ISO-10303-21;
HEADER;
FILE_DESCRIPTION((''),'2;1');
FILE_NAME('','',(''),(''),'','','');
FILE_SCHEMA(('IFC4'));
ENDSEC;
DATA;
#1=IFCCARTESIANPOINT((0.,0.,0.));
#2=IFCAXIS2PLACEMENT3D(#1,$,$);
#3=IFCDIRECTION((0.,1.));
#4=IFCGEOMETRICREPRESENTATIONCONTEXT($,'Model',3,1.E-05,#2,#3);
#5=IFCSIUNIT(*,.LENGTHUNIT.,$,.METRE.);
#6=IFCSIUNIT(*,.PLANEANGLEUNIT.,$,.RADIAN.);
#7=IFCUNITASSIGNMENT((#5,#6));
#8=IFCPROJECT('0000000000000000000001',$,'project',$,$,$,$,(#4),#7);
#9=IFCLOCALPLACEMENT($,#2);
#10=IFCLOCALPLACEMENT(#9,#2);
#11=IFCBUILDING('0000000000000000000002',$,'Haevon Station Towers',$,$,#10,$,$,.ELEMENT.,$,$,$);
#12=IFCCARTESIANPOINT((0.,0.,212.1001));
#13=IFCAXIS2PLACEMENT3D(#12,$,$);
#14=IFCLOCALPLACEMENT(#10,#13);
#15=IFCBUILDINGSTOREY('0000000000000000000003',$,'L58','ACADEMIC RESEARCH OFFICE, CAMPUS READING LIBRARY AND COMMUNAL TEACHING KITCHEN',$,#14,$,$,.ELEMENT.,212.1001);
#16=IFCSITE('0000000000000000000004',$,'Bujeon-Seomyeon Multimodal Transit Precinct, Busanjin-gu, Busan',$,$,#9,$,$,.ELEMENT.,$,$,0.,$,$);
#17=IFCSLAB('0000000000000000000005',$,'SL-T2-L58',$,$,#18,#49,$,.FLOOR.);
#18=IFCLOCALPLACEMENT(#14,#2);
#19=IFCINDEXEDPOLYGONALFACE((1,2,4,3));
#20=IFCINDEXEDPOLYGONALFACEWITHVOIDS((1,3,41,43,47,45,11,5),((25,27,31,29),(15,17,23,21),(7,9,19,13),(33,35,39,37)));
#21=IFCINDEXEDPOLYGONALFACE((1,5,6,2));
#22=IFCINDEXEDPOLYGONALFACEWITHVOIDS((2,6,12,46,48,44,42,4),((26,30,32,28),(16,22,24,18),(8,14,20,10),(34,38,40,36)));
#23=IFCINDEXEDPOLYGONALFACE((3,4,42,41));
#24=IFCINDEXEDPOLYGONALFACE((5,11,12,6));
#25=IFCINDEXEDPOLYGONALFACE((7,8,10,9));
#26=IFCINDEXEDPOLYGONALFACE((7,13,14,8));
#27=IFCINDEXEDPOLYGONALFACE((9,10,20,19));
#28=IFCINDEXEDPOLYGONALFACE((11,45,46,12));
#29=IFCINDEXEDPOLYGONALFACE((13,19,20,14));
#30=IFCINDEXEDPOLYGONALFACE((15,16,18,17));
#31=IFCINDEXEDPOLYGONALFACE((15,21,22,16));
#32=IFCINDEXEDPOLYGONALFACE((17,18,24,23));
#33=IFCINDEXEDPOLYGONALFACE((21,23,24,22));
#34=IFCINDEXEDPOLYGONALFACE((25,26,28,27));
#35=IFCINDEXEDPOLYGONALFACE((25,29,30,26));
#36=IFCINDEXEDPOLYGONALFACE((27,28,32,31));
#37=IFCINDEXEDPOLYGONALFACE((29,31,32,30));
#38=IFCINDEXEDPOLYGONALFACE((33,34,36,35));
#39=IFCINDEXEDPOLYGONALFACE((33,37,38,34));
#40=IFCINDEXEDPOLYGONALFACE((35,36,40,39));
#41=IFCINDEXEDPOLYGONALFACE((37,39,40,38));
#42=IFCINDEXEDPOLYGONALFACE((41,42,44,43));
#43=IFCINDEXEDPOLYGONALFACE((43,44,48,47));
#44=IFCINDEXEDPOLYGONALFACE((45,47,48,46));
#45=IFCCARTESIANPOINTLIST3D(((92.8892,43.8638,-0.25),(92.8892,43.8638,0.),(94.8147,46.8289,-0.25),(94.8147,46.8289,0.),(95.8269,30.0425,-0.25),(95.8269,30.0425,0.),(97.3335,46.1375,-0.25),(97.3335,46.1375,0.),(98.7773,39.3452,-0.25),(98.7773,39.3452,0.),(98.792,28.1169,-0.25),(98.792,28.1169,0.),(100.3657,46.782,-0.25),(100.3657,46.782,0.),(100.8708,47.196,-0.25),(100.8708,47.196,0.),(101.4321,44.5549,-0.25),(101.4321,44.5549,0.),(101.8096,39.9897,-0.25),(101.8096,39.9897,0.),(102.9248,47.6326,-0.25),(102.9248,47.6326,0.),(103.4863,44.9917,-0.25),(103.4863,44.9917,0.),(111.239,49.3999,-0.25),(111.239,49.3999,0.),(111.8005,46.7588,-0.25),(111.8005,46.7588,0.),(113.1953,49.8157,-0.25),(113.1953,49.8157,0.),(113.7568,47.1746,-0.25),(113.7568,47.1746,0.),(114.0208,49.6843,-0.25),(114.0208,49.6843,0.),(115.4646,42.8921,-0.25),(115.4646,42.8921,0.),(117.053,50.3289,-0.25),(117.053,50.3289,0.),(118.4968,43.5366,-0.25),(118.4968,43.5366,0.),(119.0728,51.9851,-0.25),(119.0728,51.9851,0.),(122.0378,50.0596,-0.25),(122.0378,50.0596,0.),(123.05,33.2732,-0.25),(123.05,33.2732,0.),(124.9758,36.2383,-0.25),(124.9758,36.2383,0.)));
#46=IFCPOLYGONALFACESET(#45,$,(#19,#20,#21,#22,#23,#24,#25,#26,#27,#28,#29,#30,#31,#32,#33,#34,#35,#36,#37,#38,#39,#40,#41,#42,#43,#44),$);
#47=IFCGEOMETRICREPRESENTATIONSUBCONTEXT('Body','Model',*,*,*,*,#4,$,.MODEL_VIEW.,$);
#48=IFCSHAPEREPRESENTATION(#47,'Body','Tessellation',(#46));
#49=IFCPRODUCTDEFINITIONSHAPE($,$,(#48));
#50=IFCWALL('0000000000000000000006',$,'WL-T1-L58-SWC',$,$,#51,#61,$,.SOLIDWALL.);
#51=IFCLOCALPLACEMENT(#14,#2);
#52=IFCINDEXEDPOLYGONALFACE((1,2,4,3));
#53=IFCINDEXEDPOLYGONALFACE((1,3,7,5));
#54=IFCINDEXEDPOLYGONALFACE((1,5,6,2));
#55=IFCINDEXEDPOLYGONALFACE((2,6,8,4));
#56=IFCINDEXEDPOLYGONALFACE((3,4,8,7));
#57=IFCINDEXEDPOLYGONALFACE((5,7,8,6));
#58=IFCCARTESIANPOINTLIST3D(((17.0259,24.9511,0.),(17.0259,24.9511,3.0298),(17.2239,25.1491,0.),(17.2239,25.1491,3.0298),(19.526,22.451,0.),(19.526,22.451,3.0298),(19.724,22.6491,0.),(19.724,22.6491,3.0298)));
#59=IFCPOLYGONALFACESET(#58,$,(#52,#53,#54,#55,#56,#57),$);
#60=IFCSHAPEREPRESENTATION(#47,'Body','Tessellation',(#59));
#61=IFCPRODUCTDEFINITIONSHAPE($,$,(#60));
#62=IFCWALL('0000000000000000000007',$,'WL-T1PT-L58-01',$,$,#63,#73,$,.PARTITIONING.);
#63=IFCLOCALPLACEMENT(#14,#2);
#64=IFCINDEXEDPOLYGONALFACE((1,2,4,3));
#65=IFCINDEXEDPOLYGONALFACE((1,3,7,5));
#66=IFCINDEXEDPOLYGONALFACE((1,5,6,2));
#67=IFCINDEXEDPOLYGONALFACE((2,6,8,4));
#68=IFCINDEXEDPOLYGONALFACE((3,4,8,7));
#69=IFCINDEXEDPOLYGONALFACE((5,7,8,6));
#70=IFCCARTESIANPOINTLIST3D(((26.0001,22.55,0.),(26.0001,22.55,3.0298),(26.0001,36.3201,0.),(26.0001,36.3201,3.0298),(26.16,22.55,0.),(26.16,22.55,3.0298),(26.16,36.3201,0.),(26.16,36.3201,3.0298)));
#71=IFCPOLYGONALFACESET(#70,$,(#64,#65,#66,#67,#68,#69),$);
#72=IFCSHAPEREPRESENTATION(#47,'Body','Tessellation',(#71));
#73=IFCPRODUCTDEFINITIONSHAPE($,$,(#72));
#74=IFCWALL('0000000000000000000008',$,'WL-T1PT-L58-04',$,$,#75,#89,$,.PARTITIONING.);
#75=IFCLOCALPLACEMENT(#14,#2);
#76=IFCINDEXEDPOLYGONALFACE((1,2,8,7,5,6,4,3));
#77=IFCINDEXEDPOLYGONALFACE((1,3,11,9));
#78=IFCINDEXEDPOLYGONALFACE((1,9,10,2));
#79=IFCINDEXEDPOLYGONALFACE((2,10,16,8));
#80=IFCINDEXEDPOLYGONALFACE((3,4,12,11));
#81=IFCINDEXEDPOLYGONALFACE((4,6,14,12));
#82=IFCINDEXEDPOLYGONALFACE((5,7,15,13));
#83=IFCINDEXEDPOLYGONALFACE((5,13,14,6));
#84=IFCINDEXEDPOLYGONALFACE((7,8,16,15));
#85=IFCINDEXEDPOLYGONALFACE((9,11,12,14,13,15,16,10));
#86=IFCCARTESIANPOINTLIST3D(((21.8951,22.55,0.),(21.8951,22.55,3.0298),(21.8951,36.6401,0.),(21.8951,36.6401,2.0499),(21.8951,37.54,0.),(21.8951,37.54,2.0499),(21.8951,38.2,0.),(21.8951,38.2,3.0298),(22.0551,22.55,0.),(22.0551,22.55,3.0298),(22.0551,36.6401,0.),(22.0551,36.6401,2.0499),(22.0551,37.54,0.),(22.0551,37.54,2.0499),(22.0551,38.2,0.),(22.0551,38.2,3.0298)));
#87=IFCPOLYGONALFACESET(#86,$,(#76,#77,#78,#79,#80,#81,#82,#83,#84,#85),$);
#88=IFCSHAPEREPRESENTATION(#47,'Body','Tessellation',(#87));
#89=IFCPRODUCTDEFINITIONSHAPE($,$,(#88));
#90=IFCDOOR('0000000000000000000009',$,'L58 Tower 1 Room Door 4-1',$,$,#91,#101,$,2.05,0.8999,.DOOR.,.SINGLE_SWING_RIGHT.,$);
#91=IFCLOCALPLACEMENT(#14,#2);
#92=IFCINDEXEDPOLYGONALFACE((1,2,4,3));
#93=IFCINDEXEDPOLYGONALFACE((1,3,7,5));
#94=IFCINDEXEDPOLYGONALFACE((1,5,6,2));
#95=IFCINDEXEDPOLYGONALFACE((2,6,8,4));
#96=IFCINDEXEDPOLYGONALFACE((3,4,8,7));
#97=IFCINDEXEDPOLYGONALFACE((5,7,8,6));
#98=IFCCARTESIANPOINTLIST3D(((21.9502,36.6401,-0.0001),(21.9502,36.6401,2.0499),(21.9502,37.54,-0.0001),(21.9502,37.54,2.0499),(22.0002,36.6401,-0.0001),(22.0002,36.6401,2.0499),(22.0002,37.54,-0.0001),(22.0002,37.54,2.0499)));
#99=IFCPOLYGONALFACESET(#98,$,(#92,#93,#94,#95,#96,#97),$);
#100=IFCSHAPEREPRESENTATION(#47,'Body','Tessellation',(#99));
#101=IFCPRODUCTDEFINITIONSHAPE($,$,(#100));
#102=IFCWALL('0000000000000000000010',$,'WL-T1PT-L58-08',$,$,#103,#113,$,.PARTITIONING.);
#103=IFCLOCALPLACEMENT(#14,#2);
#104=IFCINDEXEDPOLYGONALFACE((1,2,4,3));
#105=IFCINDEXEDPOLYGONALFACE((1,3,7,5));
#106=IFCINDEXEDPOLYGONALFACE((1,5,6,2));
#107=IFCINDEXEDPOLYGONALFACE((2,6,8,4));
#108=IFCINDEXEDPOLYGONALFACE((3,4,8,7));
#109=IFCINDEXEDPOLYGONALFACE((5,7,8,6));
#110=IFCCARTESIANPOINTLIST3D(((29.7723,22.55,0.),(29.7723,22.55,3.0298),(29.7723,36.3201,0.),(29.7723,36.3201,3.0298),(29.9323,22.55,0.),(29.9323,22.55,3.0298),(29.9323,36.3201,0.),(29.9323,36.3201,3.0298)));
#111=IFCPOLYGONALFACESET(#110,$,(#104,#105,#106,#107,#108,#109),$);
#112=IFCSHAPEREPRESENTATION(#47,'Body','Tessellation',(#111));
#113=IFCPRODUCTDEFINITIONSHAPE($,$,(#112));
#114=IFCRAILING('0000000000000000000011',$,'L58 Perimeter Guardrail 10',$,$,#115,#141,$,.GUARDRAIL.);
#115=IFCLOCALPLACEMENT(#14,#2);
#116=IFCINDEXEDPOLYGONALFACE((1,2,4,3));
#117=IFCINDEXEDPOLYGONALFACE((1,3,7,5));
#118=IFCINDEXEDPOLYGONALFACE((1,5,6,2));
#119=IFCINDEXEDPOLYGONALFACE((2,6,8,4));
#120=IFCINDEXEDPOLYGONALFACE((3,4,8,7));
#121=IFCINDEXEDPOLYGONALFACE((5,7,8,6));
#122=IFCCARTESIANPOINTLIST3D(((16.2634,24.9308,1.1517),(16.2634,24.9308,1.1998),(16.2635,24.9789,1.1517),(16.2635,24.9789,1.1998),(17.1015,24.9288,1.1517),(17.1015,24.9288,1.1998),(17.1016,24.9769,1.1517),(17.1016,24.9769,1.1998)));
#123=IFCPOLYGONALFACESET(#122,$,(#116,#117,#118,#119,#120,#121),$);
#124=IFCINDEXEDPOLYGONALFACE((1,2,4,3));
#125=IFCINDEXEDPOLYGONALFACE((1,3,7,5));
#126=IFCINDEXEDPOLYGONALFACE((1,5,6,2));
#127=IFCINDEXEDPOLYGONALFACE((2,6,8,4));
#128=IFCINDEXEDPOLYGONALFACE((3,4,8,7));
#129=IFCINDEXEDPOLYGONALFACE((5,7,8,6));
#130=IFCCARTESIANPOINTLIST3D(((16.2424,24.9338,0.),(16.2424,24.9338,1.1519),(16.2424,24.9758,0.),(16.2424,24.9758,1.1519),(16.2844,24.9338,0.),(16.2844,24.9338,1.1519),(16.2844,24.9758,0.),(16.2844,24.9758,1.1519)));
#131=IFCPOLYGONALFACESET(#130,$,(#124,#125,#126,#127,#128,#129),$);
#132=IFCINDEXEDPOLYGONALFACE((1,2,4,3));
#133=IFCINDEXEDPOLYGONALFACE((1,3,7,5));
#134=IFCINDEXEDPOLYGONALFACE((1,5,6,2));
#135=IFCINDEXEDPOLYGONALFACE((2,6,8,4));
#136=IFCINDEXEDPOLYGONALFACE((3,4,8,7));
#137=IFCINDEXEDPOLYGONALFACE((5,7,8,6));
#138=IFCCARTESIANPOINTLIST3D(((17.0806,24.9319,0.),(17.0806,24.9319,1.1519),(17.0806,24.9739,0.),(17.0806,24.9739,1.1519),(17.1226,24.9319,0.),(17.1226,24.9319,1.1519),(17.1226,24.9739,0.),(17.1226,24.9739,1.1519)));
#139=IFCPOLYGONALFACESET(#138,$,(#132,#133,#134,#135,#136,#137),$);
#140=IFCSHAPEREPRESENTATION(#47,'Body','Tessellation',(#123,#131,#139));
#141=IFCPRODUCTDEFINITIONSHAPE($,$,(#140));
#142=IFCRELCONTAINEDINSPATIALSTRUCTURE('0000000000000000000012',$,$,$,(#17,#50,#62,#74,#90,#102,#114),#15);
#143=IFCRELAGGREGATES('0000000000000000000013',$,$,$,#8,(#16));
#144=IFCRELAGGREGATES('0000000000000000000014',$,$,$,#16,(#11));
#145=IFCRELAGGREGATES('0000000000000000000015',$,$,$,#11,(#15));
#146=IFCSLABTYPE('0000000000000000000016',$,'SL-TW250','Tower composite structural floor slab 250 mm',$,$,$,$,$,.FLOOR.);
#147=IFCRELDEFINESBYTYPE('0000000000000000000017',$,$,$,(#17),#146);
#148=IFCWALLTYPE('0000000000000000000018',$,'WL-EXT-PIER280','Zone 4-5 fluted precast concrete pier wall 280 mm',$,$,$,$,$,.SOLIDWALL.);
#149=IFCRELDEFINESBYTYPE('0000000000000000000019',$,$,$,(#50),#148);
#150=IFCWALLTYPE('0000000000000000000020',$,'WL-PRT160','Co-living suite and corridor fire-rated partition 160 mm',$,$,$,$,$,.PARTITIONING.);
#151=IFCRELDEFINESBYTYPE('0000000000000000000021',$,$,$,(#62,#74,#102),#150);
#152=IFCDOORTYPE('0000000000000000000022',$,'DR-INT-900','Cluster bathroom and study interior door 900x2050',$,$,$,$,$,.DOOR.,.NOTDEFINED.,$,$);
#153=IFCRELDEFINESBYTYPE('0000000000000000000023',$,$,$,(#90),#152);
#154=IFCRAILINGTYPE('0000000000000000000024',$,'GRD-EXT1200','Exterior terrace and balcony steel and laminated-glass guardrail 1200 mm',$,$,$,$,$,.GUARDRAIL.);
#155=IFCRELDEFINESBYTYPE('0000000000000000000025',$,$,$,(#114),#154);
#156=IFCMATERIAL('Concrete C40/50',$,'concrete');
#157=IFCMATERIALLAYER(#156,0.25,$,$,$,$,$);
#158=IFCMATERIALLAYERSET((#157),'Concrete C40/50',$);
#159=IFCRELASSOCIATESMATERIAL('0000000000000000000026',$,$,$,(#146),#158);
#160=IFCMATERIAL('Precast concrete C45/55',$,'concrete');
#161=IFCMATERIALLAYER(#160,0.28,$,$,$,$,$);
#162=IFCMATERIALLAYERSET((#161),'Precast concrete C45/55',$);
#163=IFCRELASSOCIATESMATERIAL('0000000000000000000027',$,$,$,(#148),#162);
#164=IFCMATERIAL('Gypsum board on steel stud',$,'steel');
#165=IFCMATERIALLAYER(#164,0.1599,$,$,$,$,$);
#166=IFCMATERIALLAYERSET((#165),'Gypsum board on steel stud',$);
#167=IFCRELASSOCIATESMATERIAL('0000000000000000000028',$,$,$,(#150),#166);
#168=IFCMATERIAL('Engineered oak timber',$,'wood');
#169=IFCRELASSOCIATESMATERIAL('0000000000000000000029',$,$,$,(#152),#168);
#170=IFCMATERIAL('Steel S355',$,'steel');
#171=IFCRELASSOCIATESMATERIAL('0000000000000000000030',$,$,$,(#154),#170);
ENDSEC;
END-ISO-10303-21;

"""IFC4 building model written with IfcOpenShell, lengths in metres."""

from ifc_helpers import new_model, si_unit, direction, frame, frame_2d, origin, origin_2d, place, context, subcontext, project, spatial, polyline, rectangle, outline, extrude, material, layer, layer_set, type_object, element, fill, save


model = new_model("IFC4")

# Units and contexts
model_context = context("Model", 3, precision=1e-05, world=origin(), true_north=direction((0.0, 1.0)))
body_context = subcontext(model_context, "Body", "Model", "MODEL_VIEW")
ifc_project = project(units=[si_unit("LENGTHUNIT", "METRE"), si_unit("PLANEANGLEUNIT", "RADIAN")], contexts=[model_context])

# Site, building, storey
site_placement = place(None, origin())
site = spatial("IfcSite", under=ifc_project, at=site_placement, Name="Bujeon-Seomyeon Multimodal Transit Precinct, Busanjin-gu, Busan", CompositionType="ELEMENT", RefElevation=0.0)
building_placement = place(site_placement, origin())
building = spatial("IfcBuilding", under=site, at=building_placement, Name="Haevon Station Towers", CompositionType="ELEMENT")
storey_placement = place(building_placement, frame((0.0, 0.0, 212.1001)))
storey = spatial("IfcBuildingStorey", under=building, at=storey_placement, Name="L58", Description="ACADEMIC RESEARCH OFFICE, CAMPUS READING LIBRARY AND COMMUNAL TEACHING KITCHEN", CompositionType="ELEMENT", Elevation=212.1001)

# Shared definitions
ifc_material_1 = material(Name="Steel S355", Category="steel")

# Shared definitions
ifc_material_2 = material(Name="Concrete C40/50", Category="concrete")

# Slab
ifc_layer_1 = layer(ifc_material_2, 0.25)
ifc_layer_set_1 = layer_set([ifc_layer_1], Name="Concrete C40/50")
slab_type_1 = type_object("IfcSlabType", Name="SL-TW250", Description="Tower composite structural floor slab 250 mm", PredefinedType="FLOOR", material=ifc_layer_set_1)
slab_1_placement = place(storey_placement, frame((0.0, 0.0, -0.25)))
element("IfcSlab", 1, at=slab_1_placement, inside=storey, type_object=slab_type_1, Name="SL-T2-L58", PredefinedType="FLOOR", context=body_context, shape_type="SweptSolid", body=[
    extrude(outline(polyline([(98.792, 28.1169), (123.05, 33.2732), (124.9758, 36.2383), (122.0378, 50.0596), (119.0728, 51.9851), (94.8147, 46.8289), (92.8892, 43.8638), (95.8269, 30.0425), (98.792, 28.1169)]), holes=[polyline([(101.8096, 39.9897), (100.3657, 46.782), (97.3335, 46.1375), (98.7773, 39.3452), (101.8096, 39.9897)]), polyline([(118.4968, 43.5366), (117.053, 50.3289), (114.0208, 49.6843), (115.4646, 42.8921), (118.4968, 43.5366)]), polyline([(101.4321, 44.5549), (103.4863, 44.9917), (102.9248, 47.6326), (100.8708, 47.196), (101.4321, 44.5549)]), polyline([(111.8005, 46.7588), (113.7568, 47.1746), (113.1953, 49.8157), (111.239, 49.3999), (111.8005, 46.7588)])]), origin(), (0.0, 0.0, 1.0), 0.25),
])

# Walls
ifc_material_3 = material(Name="Precast concrete C45/55", Category="concrete")
ifc_layer_2 = layer(ifc_material_3, 0.28)
ifc_layer_set_2 = layer_set([ifc_layer_2], Name="Precast concrete C45/55")
wall_type_1 = type_object("IfcWallType", Name="WL-EXT-PIER280", Description="Zone 4-5 fluted precast concrete pier wall 280 mm", PredefinedType="SOLIDWALL", material=ifc_layer_set_2)
wall_1_placement = place(storey_placement, frame((19.625, 22.55, 0.0), z_axis=(0.0, 0.0, 1.0), x_axis=(-0.707107, 0.707107, 0.0)))
element("IfcWall", 2, at=wall_1_placement, inside=storey, type_object=wall_type_1, Name="WL-T1-L58-SWC", PredefinedType="SOLIDWALL", context=body_context, shape_type="SweptSolid", body=[
    extrude(rectangle(XDim=3.5356, YDim=0.28, at=frame_2d((1.7678, 0.0))), origin(), (0.0, 0.0, 1.0), 3.0298),
])
ifc_material_4 = material(Name="Gypsum board on steel stud", Category="steel")
ifc_layer_3 = layer(ifc_material_4, 0.1599)
ifc_layer_set_3 = layer_set([ifc_layer_3], Name="Gypsum board on steel stud")
wall_type_2 = type_object("IfcWallType", Name="WL-PRT160", Description="Co-living suite and corridor fire-rated partition 160 mm", PredefinedType="PARTITIONING", material=ifc_layer_set_3)
wall_2_placement = place(storey_placement, frame((26.0801, 22.55, 0.0), z_axis=(0.0, 0.0, 1.0), x_axis=(0.0, 1.0, 0.0)))
element("IfcWall", 3, at=wall_2_placement, inside=storey, type_object=wall_type_2, Name="WL-T1PT-L58-01", PredefinedType="PARTITIONING", context=body_context, shape_type="SweptSolid", body=[
    extrude(rectangle(XDim=13.77, YDim=0.1599, at=frame_2d((6.885, 0.0))), origin(), (0.0, 0.0, 1.0), 3.0298),
])

# Wall, opening, door
wall_3_placement = place(storey_placement, frame((21.9751, 22.55, 0.0), z_axis=(0.0, 0.0, 1.0), x_axis=(0.0, 1.0, 0.0)))
wall_3 = element("IfcWall", 4, at=wall_3_placement, inside=storey, type_object=wall_type_2, Name="WL-T1PT-L58-04", PredefinedType="PARTITIONING", context=body_context, shape_type="SweptSolid", body=[
    extrude(rectangle(XDim=15.6499, YDim=0.1599, at=frame_2d((7.825, 0.0))), origin(), (0.0, 0.0, 1.0), 3.0298),
])
opening_placement = place(wall_3_placement, frame((14.0901, 0.0, 0.0)))
opening = element("IfcOpeningElement", 5, at=opening_placement, cuts=wall_3, PredefinedType="OPENING", context=body_context, shape_type="SweptSolid", body=[
    extrude(rectangle(XDim=0.8999, YDim=2.05, at=frame_2d((0.45, 1.0249))), frame((0.0, 0.0898, 0.0), z_axis=(0.0, -1.0, 0.0), x_axis=(1.0, 0.0, 0.0)), (0.0, 0.0, 1.0), 0.1799),
])
ifc_material_5 = material(Name="Engineered oak timber", Category="wood")
door_type = type_object("IfcDoorType", Name="DR-INT-900", Description="Cluster bathroom and study interior door 900x2050", OperationType="NOTDEFINED", PredefinedType="DOOR", material=ifc_material_5)
door_placement = place(opening_placement, origin())
door = element("IfcDoor", 6, at=door_placement, inside=storey, type_object=door_type, Name="L58 Tower 1 Room Door 4-1", OperationType="SINGLE_SWING_RIGHT", OverallHeight=2.05, OverallWidth=0.8999, PredefinedType="DOOR", context=body_context, shape_type="SweptSolid", body=[
    extrude(rectangle(XDim=0.8999, YDim=2.05, at=frame_2d((0.45, 1.0249))), frame((0.0, 0.0249, 0.0), z_axis=(0.0, -1.0, 0.0), x_axis=(1.0, 0.0, 0.0)), (0.0, 0.0, 1.0), 0.05),
])
fill(opening, door)

# Wall
wall_4_placement = place(storey_placement, frame((29.8523, 22.55, 0.0), z_axis=(0.0, 0.0, 1.0), x_axis=(0.0, 1.0, 0.0)))
element("IfcWall", 7, at=wall_4_placement, inside=storey, type_object=wall_type_2, Name="WL-T1PT-L58-08", PredefinedType="PARTITIONING", context=body_context, shape_type="SweptSolid", body=[
    extrude(rectangle(XDim=13.77, YDim=0.1599, at=frame_2d((6.885, 0.0))), origin(), (0.0, 0.0, 1.0), 3.0298),
])

# Railing
railing_type = type_object("IfcRailingType", Name="GRD-EXT1200", Description="Exterior terrace and balcony steel and laminated-glass guardrail 1200 mm", PredefinedType="GUARDRAIL", material=ifc_material_1)
railing_placement = place(storey_placement, frame((16.2634, 24.9548, 0.0)))
element("IfcRailing", 8, at=railing_placement, inside=storey, type_object=railing_type, Name="L58 Perimeter Guardrail 10", PredefinedType="GUARDRAIL", context=body_context, shape_type="SweptSolid", body=[
    extrude(rectangle(XDim=0.0481, YDim=0.0481, at=origin_2d()), frame((0.0, 0.0, 1.1758), z_axis=(0.999997, -0.00233, 0.0), x_axis=(0.00233, 0.999997, 0.0)), (0.0, 0.0, 1.0), 0.8381),
    extrude(rectangle(XDim=0.042, YDim=0.042, at=origin_2d()), origin(), (0.0, 0.0, 1.0), 1.1519),
    extrude(rectangle(XDim=0.042, YDim=0.042, at=origin_2d()), frame((0.8381, -0.002, 0.0)), (0.0, 0.0, 1.0), 1.1519),
])

save(model, "model.ifc")
